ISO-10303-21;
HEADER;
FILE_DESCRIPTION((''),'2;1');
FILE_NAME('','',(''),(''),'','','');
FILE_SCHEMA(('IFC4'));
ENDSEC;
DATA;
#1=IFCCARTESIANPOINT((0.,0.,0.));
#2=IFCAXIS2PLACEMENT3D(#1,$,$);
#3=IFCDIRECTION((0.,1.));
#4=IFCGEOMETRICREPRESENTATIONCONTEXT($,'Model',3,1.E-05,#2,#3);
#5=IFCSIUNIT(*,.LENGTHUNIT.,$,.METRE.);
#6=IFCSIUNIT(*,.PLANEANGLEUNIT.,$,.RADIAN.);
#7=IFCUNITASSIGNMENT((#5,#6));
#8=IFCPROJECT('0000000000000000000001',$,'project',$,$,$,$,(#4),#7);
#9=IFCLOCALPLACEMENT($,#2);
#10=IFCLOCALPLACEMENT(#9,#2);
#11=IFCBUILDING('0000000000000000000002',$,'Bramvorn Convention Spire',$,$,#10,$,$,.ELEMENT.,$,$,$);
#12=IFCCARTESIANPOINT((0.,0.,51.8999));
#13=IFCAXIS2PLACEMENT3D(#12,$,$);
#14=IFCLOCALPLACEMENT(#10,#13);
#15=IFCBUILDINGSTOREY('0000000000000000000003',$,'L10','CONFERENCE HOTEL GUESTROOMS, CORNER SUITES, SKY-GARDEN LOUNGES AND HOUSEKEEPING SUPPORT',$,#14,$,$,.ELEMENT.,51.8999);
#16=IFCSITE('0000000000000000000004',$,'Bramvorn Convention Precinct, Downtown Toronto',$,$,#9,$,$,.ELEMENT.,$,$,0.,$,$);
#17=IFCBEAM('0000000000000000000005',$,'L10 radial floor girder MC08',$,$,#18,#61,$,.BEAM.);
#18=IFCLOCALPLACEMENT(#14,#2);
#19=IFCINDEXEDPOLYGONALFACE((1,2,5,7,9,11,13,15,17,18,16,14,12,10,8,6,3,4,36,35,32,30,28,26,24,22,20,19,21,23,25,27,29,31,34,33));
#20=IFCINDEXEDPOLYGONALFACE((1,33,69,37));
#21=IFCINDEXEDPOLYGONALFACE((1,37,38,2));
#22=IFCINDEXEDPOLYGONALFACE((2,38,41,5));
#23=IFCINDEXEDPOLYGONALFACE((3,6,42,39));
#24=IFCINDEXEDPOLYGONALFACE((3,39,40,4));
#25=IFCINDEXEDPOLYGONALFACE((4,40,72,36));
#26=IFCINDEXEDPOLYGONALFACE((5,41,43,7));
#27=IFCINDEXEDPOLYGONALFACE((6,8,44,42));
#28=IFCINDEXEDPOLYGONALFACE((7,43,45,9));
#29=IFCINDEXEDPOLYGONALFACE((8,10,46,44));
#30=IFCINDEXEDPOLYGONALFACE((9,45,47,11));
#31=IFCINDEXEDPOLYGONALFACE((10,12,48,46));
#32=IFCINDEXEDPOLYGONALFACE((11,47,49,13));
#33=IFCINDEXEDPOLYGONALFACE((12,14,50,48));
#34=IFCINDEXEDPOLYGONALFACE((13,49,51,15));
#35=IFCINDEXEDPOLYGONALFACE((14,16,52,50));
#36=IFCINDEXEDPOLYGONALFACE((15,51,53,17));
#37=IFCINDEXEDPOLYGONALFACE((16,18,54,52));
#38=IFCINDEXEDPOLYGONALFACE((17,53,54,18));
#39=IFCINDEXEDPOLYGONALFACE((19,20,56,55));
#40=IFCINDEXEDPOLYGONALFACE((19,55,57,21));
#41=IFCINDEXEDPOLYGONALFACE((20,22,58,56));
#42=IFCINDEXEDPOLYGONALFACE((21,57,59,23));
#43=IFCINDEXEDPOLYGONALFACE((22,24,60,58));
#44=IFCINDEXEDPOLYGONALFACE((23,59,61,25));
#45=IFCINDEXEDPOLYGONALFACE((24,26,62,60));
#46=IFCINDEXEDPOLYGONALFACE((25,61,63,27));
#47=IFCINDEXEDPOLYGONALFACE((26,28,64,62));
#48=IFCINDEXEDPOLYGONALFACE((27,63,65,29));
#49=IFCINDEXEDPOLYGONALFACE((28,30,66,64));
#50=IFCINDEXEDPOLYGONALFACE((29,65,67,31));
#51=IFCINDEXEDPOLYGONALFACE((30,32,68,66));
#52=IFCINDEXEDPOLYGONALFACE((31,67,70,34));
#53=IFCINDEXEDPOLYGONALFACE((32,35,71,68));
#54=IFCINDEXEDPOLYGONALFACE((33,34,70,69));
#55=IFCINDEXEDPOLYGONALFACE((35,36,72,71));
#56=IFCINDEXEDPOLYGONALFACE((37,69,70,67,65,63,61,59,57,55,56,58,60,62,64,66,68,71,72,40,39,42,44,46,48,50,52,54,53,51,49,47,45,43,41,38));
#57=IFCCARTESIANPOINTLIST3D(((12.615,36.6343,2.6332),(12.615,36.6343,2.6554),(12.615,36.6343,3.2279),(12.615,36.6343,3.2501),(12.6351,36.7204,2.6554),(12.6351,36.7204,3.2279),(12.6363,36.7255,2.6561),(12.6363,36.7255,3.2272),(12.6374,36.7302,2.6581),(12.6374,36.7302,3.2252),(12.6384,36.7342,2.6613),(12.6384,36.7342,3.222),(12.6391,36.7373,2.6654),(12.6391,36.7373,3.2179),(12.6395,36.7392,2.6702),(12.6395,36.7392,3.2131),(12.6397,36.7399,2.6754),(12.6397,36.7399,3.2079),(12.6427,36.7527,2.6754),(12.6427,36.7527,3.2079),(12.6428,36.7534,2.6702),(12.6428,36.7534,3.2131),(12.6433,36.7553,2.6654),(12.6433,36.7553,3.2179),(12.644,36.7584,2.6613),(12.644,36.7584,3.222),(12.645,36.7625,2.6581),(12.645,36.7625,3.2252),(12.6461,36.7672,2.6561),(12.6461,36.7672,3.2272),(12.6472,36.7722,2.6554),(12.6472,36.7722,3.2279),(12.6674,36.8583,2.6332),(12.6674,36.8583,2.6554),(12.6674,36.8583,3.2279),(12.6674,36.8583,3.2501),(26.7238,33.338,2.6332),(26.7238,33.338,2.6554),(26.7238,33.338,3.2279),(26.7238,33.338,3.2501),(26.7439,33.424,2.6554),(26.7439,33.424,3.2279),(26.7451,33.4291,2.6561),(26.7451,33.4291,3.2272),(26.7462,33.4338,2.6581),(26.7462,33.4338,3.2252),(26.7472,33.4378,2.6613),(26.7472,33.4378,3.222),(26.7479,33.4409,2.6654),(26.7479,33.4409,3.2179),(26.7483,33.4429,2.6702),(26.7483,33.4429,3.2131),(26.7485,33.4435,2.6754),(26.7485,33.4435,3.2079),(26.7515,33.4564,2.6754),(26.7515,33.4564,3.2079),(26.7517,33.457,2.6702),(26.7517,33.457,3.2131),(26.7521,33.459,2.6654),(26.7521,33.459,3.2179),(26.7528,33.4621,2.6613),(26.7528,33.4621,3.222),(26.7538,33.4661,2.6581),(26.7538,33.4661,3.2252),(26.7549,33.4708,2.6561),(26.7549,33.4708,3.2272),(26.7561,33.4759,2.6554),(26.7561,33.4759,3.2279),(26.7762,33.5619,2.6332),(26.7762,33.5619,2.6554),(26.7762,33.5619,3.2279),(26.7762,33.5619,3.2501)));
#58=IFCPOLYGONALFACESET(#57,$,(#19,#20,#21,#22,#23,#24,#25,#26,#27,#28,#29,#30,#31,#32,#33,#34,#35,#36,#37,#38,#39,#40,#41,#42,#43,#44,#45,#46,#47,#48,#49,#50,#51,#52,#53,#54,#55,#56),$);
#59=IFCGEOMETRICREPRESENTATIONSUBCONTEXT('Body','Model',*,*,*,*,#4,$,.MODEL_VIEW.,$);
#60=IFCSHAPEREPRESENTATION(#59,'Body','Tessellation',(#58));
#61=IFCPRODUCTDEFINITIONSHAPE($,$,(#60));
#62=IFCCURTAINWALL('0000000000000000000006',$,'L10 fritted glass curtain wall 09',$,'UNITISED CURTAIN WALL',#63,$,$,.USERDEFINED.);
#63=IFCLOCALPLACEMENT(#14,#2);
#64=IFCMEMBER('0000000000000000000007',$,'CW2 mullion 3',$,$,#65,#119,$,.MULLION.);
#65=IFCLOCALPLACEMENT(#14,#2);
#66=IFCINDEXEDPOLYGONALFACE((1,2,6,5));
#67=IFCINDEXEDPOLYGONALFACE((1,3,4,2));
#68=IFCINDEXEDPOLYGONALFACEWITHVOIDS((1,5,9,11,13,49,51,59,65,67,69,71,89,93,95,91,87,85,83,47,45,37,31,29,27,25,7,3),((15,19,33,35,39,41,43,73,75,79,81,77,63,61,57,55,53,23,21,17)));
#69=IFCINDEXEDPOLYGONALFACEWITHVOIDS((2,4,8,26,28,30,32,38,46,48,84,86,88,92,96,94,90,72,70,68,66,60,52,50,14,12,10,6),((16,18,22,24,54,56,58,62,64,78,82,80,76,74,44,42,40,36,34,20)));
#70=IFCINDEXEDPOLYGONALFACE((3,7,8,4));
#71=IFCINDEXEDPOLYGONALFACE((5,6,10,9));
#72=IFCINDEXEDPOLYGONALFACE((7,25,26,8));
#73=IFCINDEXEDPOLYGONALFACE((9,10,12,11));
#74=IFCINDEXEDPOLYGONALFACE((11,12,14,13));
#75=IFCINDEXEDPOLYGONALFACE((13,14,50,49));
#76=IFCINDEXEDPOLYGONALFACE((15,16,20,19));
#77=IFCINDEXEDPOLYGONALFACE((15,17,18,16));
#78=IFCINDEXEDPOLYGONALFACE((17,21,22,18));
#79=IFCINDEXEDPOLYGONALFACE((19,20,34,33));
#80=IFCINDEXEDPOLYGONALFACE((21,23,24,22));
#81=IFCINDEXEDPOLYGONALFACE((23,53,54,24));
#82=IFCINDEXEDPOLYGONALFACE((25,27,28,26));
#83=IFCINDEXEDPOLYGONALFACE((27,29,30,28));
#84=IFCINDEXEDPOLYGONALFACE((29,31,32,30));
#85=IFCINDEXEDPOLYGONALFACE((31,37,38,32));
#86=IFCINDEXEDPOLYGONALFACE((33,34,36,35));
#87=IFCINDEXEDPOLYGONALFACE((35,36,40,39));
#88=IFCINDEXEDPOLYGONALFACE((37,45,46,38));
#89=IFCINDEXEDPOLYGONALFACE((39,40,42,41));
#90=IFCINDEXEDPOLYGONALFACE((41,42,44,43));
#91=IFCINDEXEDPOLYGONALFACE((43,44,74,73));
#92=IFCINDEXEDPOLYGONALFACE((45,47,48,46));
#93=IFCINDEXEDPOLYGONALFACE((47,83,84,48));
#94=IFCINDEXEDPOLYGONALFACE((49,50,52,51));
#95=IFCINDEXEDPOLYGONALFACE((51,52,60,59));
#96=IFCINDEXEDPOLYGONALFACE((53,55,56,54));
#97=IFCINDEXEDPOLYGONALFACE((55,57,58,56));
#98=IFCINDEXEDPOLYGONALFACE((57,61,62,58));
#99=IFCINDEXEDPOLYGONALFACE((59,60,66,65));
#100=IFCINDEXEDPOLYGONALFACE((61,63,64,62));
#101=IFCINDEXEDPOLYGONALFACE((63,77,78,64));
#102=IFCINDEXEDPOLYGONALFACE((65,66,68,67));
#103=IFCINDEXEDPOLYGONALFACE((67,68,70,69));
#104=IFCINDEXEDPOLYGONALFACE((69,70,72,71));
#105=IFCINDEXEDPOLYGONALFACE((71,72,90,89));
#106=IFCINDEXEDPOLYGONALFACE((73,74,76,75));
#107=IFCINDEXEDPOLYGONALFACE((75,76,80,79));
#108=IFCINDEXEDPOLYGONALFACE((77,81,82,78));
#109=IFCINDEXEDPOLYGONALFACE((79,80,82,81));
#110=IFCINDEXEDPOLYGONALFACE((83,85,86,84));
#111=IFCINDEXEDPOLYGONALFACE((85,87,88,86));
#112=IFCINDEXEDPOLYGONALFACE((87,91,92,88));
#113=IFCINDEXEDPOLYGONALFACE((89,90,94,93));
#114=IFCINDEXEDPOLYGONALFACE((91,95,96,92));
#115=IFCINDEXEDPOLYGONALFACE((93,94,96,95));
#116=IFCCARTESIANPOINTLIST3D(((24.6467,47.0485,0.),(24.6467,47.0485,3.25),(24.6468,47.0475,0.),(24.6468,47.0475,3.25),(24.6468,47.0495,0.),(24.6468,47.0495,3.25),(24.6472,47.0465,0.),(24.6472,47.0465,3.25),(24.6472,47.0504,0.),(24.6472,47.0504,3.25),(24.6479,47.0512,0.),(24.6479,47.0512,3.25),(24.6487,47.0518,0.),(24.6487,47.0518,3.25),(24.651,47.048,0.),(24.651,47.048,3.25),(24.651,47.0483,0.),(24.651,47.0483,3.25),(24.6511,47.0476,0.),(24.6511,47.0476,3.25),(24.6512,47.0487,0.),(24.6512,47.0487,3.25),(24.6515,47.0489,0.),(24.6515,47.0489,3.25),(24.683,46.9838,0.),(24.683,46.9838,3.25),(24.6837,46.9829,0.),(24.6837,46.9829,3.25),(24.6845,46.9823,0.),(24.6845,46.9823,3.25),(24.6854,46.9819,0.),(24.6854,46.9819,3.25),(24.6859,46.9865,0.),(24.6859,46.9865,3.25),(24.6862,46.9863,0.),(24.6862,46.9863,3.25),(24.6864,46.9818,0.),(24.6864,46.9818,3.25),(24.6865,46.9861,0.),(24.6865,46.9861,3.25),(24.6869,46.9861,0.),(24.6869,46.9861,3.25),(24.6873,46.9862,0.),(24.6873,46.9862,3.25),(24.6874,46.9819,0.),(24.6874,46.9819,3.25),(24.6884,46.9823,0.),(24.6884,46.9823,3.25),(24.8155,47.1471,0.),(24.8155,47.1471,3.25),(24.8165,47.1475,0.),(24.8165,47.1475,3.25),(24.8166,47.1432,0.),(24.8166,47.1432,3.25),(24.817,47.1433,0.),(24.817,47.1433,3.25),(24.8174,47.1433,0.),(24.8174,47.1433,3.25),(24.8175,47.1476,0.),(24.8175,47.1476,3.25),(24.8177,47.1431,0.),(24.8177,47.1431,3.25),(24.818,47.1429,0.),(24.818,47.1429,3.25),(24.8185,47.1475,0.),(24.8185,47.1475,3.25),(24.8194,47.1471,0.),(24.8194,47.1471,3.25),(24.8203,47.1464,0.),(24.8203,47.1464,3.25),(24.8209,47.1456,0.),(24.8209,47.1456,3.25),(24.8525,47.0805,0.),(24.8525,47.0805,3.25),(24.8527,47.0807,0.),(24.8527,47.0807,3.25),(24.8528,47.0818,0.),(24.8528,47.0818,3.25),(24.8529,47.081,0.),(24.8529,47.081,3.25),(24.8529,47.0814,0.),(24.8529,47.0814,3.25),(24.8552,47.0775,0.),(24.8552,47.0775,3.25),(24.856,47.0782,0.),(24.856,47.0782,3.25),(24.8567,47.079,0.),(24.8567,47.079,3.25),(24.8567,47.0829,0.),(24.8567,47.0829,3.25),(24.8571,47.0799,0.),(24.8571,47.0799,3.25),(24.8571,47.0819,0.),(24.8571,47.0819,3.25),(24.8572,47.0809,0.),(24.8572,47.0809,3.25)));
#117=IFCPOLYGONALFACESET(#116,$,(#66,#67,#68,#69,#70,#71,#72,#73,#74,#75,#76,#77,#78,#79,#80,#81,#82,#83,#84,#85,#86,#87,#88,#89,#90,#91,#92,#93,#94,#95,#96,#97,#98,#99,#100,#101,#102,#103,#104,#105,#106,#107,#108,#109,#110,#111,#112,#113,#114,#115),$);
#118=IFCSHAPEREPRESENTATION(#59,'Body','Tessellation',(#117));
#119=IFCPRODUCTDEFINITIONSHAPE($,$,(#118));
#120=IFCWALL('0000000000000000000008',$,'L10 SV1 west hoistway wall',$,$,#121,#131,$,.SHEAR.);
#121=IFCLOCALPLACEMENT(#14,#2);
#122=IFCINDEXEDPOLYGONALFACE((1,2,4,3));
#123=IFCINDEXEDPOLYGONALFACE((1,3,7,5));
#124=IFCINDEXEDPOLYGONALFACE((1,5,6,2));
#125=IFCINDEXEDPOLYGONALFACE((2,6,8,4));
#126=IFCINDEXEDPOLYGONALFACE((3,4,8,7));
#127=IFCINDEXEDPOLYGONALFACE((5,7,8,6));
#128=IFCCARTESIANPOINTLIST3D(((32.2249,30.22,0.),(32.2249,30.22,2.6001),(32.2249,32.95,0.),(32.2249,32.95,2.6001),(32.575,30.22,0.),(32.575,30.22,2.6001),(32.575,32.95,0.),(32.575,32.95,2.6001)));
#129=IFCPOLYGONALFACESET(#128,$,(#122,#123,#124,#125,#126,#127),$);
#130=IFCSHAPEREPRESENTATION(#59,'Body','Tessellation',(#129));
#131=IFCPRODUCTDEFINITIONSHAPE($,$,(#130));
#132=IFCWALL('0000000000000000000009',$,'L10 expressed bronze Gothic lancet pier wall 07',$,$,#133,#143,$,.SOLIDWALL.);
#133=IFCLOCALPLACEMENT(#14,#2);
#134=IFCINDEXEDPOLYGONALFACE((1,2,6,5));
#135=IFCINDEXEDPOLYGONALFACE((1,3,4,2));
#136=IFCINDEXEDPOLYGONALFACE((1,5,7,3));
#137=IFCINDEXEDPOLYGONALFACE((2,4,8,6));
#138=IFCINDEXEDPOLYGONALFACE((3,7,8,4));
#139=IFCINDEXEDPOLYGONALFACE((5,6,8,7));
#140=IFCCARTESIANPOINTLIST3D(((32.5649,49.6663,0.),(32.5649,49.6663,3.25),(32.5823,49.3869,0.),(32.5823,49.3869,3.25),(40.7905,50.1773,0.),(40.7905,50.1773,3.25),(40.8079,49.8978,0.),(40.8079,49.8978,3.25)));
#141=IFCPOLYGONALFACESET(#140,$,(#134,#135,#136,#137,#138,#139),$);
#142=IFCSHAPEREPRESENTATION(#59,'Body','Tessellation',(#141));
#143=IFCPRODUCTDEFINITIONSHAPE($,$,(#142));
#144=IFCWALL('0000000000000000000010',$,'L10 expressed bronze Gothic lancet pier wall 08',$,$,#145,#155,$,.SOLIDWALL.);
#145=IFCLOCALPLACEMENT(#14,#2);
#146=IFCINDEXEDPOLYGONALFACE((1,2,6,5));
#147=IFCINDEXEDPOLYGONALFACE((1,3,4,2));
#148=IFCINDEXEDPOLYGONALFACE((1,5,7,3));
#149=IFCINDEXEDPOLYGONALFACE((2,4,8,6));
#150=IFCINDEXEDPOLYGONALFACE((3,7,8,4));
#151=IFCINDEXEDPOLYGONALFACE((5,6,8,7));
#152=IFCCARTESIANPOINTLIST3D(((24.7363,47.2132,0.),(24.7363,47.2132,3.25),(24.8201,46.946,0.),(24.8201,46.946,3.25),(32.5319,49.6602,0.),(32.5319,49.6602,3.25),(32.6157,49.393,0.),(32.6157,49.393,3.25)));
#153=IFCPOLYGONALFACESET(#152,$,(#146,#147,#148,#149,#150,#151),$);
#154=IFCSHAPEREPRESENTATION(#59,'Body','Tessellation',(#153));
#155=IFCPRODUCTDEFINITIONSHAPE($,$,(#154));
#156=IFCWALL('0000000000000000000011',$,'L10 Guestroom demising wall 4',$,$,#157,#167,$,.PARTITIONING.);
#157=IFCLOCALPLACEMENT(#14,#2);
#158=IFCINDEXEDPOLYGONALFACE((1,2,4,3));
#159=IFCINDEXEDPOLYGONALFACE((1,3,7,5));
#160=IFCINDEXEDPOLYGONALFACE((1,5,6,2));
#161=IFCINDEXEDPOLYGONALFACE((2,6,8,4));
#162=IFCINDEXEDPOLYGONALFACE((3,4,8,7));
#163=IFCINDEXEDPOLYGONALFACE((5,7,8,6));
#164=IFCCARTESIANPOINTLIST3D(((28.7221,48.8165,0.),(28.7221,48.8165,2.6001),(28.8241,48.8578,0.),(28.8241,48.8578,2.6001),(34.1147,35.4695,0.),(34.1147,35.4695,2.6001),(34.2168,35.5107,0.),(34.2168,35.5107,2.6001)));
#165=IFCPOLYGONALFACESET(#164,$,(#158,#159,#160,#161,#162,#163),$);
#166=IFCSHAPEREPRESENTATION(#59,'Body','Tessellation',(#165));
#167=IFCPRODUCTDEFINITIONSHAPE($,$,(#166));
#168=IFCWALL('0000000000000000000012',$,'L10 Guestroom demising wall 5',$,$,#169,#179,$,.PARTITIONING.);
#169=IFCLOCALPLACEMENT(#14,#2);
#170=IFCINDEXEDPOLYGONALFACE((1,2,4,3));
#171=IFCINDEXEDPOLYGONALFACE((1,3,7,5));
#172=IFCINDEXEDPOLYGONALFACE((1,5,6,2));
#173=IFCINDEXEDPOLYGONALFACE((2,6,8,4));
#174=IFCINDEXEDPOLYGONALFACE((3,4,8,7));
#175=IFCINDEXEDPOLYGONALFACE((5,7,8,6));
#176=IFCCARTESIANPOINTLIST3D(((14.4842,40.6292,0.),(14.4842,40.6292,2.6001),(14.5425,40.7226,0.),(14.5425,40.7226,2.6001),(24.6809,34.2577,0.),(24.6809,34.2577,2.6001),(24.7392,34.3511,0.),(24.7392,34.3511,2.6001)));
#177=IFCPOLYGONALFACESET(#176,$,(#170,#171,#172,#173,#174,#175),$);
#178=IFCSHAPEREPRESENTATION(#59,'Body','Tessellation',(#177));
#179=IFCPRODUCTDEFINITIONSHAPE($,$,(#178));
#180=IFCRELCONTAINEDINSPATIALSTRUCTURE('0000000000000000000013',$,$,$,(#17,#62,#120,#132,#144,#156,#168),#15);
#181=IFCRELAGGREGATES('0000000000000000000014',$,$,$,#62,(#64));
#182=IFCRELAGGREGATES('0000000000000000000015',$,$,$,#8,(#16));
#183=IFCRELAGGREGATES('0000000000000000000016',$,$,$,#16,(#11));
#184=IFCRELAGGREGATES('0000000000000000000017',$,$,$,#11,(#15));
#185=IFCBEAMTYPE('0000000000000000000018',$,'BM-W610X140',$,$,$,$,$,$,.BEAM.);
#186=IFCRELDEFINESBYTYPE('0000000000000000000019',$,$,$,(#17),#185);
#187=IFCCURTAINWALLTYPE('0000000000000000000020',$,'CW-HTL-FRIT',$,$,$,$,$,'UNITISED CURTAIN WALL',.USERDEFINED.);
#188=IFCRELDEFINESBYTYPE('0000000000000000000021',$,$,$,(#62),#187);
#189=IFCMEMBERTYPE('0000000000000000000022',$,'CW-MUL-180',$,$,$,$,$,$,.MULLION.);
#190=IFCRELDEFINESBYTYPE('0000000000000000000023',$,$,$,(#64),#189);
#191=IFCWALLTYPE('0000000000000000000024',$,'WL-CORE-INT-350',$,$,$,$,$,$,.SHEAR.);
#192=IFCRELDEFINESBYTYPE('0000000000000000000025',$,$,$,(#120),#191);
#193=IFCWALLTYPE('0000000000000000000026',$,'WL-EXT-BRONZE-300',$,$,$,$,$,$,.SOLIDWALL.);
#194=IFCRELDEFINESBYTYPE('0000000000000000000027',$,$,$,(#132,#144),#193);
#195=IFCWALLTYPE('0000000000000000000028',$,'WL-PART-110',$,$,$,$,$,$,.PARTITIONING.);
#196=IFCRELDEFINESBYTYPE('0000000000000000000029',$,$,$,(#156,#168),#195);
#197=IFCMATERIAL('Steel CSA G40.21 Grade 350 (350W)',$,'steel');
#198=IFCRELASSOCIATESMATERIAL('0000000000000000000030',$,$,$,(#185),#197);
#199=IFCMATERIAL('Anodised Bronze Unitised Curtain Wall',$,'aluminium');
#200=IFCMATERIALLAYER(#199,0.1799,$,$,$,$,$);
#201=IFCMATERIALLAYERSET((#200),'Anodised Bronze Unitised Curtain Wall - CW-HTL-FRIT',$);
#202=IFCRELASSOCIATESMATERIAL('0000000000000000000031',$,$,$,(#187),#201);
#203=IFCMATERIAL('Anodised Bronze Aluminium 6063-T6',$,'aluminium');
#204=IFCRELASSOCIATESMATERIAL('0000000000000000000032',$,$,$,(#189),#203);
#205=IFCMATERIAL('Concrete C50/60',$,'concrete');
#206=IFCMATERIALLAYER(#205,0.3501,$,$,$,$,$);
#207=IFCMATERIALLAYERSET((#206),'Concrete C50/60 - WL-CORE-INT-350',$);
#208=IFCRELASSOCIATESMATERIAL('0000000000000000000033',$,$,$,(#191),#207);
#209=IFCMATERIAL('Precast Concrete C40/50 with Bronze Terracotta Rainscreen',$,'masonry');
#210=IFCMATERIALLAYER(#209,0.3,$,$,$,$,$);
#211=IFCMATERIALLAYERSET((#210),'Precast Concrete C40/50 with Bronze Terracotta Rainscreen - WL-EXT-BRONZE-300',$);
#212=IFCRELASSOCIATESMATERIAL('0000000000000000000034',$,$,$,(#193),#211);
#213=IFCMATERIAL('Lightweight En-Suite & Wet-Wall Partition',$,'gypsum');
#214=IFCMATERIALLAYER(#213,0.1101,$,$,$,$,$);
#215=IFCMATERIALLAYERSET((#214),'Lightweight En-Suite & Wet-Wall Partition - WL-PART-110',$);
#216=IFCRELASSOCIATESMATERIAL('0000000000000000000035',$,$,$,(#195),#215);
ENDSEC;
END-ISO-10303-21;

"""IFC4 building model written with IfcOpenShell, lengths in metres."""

from ifc_helpers import new_model, si_unit, direction, frame, frame_2d, origin, origin_2d, place, context, subcontext, project, spatial, rectangle, hollow_rectangle, i_section, extrude, material, layer, layer_set, material_profile, profile_set, type_object, element, aggregate, save


model = new_model("IFC4")

# Units and contexts
model_context = context("Model", 3, precision=1e-05, world=origin(), true_north=direction((0.0, 1.0)))
body_context = subcontext(model_context, "Body", "Model", "MODEL_VIEW")
ifc_project = project(units=[si_unit("LENGTHUNIT", "METRE"), si_unit("PLANEANGLEUNIT", "RADIAN")], contexts=[model_context])

# Site, building, storey
site_placement = place(None, origin())
site = spatial("IfcSite", under=ifc_project, at=site_placement, Name="Bramvorn Convention Precinct, Downtown Toronto", CompositionType="ELEMENT", RefElevation=0.0)
building_placement = place(site_placement, origin())
building = spatial("IfcBuilding", under=site, at=building_placement, Name="Bramvorn Convention Spire", CompositionType="ELEMENT")
storey_placement = place(building_placement, frame((0.0, 0.0, 51.8999)))
storey = spatial("IfcBuildingStorey", under=building, at=storey_placement, Name="L10", Description="CONFERENCE HOTEL GUESTROOMS, CORNER SUITES, SKY-GARDEN LOUNGES AND HOUSEKEEPING SUPPORT", CompositionType="ELEMENT", Elevation=51.8999)

# Shared definitions
ifc_material_1 = material(Name="Steel CSA G40.21 Grade 350 (350W)", Category="steel")

# Beam
ifc_material_profile_1 = material_profile(ifc_material_1, i_section(OverallWidth=0.23, OverallDepth=0.6169, WebThickness=0.0132, FlangeThickness=0.0222, FilletRadius=0.02, at=origin_2d()))
ifc_profile_set_1 = profile_set([ifc_material_profile_1], Name="Steel CSA G40.21 Grade 350 (350W) - W610X140")
beam_type_1 = type_object("IfcBeamType", Name="BM-W610X140", PredefinedType="BEAM", material=ifc_profile_set_1)
beam_1_placement = place(storey_placement, frame((26.75, 33.45, 2.9417), z_axis=(-0.973775, 0.227512, 0.0), x_axis=(-0.227512, -0.973775, 0.0)))
element("IfcBeam", 1, at=beam_1_placement, inside=storey, type_object=beam_type_1, Name="L10 radial floor girder MC08", PredefinedType="BEAM", context=body_context, shape_type="SweptSolid", body=[
    extrude(i_section(OverallWidth=0.23, OverallDepth=0.6169, WebThickness=0.0132, FlangeThickness=0.0222, FilletRadius=0.02, at=origin_2d()), origin(), (0.0, 0.0, 1.0), 14.4888),
])

# Curtain wall, member
ifc_material_2 = material(Name="Anodised Bronze Unitised Curtain Wall", Category="aluminium")
ifc_layer_1 = layer(ifc_material_2, 0.1799)
ifc_layer_set_1 = layer_set([ifc_layer_1], Name="Anodised Bronze Unitised Curtain Wall - CW-HTL-FRIT")
curtain_wall_type = type_object("IfcCurtainWallType", Name="CW-HTL-FRIT", ElementType="UNITISED CURTAIN WALL", PredefinedType="USERDEFINED", material=ifc_layer_set_1)
curtain_wall_placement = place(storey_placement, origin())
curtain_wall = element("IfcCurtainWall", 2, at=curtain_wall_placement, inside=storey, type_object=curtain_wall_type, Name="L10 fritted glass curtain wall 09", ObjectType="UNITISED CURTAIN WALL", PredefinedType="USERDEFINED")
ifc_material_3 = material(Name="Anodised Bronze Aluminium 6063-T6", Category="aluminium")
ifc_material_profile_2 = material_profile(ifc_material_3, hollow_rectangle(XDim=0.0801, YDim=0.2, WallThickness=0.0039, InnerFilletRadius=0.001, OuterFilletRadius=0.0039, at=origin_2d()))
ifc_profile_set_2 = profile_set([ifc_material_profile_2], Name="Anodised Bronze Aluminium 6063-T6 - CWM80X200")
member_type = type_object("IfcMemberType", Name="CW-MUL-180", PredefinedType="MULLION", material=ifc_profile_set_2)
member_placement = place(storey_placement, frame((24.752, 47.0647, 0.0), z_axis=(0.0, 0.0, 1.0), x_axis=(-0.495711, 0.868488, 0.0)))
member = element("IfcMember", 3, at=member_placement, type_object=member_type, Name="CW2 mullion 3", PredefinedType="MULLION", context=body_context, shape_type="SweptSolid", body=[
    extrude(hollow_rectangle(XDim=0.0801, YDim=0.2, WallThickness=0.0039, InnerFilletRadius=0.001, OuterFilletRadius=0.0039, at=origin_2d()), origin(), (0.0, 0.0, 1.0), 3.25),
])
aggregate(curtain_wall, [member])

# Shared definitions
ifc_material_4 = material(Name="Concrete C50/60", Category="concrete")
ifc_layer_2 = layer(ifc_material_4, 0.3501)
ifc_layer_set_2 = layer_set([ifc_layer_2], Name="Concrete C50/60 - WL-CORE-INT-350")
wall_type_1 = type_object("IfcWallType", Name="WL-CORE-INT-350", PredefinedType="SHEAR", material=ifc_layer_set_2)

# Walls
wall_1_placement = place(storey_placement, frame((32.3999, 30.22, 0.0), z_axis=(0.0, 0.0, 1.0), x_axis=(0.0, 1.0, 0.0)))
element("IfcWall", 4, at=wall_1_placement, inside=storey, type_object=wall_type_1, Name="L10 SV1 west hoistway wall", PredefinedType="SHEAR", context=body_context, shape_type="SweptSolid", body=[
    extrude(rectangle(XDim=2.73, YDim=0.3501, at=frame_2d((1.365, 0.0))), origin(), (0.0, 0.0, 1.0), 2.6001),
])
ifc_material_5 = material(Name="Precast Concrete C40/50 with Bronze Terracotta Rainscreen", Category="masonry")
ifc_layer_3 = layer(ifc_material_5, 0.3)
ifc_layer_set_3 = layer_set([ifc_layer_3], Name="Precast Concrete C40/50 with Bronze Terracotta Rainscreen - WL-EXT-BRONZE-300")
wall_type_2 = type_object("IfcWallType", Name="WL-EXT-BRONZE-300", PredefinedType="SOLIDWALL", material=ifc_layer_set_3)
wall_2_placement = place(storey_placement, frame((32.5737, 49.5266, 0.0), z_axis=(0.0, 0.0, 1.0), x_axis=(0.998076, 0.062002, 0.0)))
element("IfcWall", 5, at=wall_2_placement, inside=storey, type_object=wall_type_2, Name="L10 expressed bronze Gothic lancet pier wall 07", PredefinedType="SOLIDWALL", context=body_context, shape_type="SweptSolid", body=[
    extrude(rectangle(XDim=8.2415, YDim=0.28, at=frame_2d((4.1206, 0.0))), origin(), (0.0, 0.0, 1.0), 3.25),
])
wall_3_placement = place(storey_placement, frame((24.7781, 47.0796, 0.0), z_axis=(0.0, 0.0, 1.0), x_axis=(0.9541, 0.299488, 0.0)))
element("IfcWall", 6, at=wall_3_placement, inside=storey, type_object=wall_type_2, Name="L10 expressed bronze Gothic lancet pier wall 08", PredefinedType="SOLIDWALL", context=body_context, shape_type="SweptSolid", body=[
    extrude(rectangle(XDim=8.1707, YDim=0.28, at=frame_2d((4.0854, 0.0))), origin(), (0.0, 0.0, 1.0), 3.25),
])
ifc_material_6 = material(Name="Lightweight En-Suite & Wet-Wall Partition", Category="gypsum")
ifc_layer_4 = layer(ifc_material_6, 0.1101)
ifc_layer_set_4 = layer_set([ifc_layer_4], Name="Lightweight En-Suite & Wet-Wall Partition - WL-PART-110")
wall_type_3 = type_object("IfcWallType", Name="WL-PART-110", PredefinedType="PARTITIONING", material=ifc_layer_set_4)
wall_4_placement = place(storey_placement, frame((34.1658, 35.49, 0.0), z_axis=(0.0, 0.0, 1.0), x_axis=(-0.374611, 0.927182, 0.0)))
element("IfcWall", 7, at=wall_4_placement, inside=storey, type_object=wall_type_3, Name="L10 Guestroom demising wall 4", PredefinedType="PARTITIONING", context=body_context, shape_type="SweptSolid", body=[
    extrude(rectangle(XDim=14.3953, YDim=0.1101, at=frame_2d((7.1978, 0.0))), origin(), (0.0, 0.0, 1.0), 2.6001),
])
wall_5_placement = place(storey_placement, frame((24.71, 34.3044, 0.0), z_axis=(0.0, 0.0, 1.0), x_axis=(-0.848051, 0.529915, 0.0)))
element("IfcWall", 8, at=wall_5_placement, inside=storey, type_object=wall_type_3, Name="L10 Guestroom demising wall 5", PredefinedType="PARTITIONING", context=body_context, shape_type="SweptSolid", body=[
    extrude(rectangle(XDim=12.0237, YDim=0.1101, at=frame_2d((6.0117, 0.0))), origin(), (0.0, 0.0, 1.0), 2.6001),
])

save(model, "model.ifc")
